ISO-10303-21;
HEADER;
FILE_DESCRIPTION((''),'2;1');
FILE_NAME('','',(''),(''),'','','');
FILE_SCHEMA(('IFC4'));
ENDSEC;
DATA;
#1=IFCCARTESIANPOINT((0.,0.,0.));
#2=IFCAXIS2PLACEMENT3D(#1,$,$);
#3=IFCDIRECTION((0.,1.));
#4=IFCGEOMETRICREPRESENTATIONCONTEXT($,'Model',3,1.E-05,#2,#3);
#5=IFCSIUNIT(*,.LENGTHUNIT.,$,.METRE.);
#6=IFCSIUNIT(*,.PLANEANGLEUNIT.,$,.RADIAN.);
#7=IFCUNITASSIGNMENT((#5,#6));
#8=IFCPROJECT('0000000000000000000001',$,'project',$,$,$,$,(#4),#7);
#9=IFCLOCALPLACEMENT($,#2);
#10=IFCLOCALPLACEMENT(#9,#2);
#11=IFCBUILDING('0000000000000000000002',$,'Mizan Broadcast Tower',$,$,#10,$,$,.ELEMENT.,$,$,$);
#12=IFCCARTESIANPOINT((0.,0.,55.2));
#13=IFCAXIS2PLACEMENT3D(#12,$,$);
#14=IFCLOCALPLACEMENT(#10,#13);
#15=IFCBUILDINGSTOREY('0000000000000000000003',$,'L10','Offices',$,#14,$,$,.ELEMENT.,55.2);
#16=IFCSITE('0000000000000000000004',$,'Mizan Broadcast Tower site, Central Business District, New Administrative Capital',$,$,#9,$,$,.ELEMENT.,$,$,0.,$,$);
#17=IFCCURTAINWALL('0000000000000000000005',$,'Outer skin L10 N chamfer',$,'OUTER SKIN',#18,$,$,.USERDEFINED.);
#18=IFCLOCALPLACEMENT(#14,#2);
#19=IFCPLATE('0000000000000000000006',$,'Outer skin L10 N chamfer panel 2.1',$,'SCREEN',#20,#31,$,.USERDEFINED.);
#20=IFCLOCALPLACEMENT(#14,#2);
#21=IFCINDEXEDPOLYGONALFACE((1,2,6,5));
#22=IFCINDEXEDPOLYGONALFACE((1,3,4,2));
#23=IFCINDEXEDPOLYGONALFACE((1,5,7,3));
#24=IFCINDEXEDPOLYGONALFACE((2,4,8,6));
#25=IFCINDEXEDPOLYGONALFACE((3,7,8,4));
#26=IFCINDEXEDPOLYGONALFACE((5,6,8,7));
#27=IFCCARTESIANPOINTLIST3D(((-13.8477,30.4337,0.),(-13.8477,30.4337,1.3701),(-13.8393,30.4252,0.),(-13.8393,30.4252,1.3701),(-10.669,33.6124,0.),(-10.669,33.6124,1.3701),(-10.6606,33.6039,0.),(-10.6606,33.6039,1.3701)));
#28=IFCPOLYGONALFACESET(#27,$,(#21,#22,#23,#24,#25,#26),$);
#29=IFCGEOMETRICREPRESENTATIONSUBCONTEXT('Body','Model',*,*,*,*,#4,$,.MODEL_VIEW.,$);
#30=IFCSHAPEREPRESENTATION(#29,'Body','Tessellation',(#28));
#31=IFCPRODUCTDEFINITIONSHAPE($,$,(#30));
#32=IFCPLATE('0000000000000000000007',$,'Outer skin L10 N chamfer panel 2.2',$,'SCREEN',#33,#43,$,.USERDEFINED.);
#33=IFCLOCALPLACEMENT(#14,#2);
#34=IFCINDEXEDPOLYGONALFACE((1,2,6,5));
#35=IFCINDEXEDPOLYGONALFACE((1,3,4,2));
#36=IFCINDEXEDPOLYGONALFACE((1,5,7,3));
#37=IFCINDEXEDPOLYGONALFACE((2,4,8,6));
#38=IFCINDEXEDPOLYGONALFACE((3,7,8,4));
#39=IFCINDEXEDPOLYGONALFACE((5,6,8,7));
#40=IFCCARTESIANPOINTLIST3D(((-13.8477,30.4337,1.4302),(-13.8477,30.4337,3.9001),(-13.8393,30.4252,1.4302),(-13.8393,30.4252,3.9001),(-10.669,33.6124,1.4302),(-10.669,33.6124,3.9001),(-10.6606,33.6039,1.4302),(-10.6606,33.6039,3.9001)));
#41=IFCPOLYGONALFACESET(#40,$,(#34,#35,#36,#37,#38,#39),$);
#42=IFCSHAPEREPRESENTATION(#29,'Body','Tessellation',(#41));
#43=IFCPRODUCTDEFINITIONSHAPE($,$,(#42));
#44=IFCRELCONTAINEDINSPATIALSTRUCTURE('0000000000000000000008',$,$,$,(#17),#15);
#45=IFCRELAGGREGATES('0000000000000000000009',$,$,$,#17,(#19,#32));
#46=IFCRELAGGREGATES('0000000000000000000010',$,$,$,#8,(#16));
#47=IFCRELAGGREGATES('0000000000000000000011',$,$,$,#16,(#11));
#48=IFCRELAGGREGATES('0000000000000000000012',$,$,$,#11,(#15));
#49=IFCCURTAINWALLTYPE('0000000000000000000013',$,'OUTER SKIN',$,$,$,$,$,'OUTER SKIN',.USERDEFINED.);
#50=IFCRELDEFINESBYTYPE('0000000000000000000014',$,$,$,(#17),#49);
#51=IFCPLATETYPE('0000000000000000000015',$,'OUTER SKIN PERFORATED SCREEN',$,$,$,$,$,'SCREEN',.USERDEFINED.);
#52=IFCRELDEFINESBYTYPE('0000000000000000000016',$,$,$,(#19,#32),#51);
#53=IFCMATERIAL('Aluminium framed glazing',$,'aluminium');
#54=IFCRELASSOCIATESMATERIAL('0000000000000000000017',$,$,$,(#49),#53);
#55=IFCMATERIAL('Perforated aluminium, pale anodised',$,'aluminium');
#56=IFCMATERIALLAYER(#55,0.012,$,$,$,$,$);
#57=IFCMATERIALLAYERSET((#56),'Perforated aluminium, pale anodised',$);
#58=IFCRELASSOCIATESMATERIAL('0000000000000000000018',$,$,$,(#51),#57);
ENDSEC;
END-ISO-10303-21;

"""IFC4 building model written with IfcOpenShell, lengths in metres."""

from ifc_helpers import new_model, si_unit, direction, frame, origin, origin_2d, place, context, subcontext, project, spatial, rectangle, extrude, material, layer, layer_set, type_object, element, aggregate, save


model = new_model("IFC4")

# Units and contexts
model_context = context("Model", 3, precision=1e-05, world=origin(), true_north=direction((0.0, 1.0)))
body_context = subcontext(model_context, "Body", "Model", "MODEL_VIEW")
ifc_project = project(units=[si_unit("LENGTHUNIT", "METRE"), si_unit("PLANEANGLEUNIT", "RADIAN")], contexts=[model_context])

# Site, building, storey
site_placement = place(None, origin())
site = spatial("IfcSite", under=ifc_project, at=site_placement, Name="Mizan Broadcast Tower site, Central Business District, New Administrative Capital", CompositionType="ELEMENT", RefElevation=0.0)
building_placement = place(site_placement, origin())
building = spatial("IfcBuilding", under=site, at=building_placement, Name="Mizan Broadcast Tower", CompositionType="ELEMENT")
storey_placement = place(building_placement, frame((0.0, 0.0, 55.2)))
storey = spatial("IfcBuildingStorey", under=building, at=storey_placement, Name="L10", Description="Offices", CompositionType="ELEMENT", Elevation=55.2)

# Curtain wall
ifc_material_1 = material(Name="Aluminium framed glazing", Category="aluminium")
curtain_wall_type_1 = type_object("IfcCurtainWallType", Name="OUTER SKIN", ElementType="OUTER SKIN", PredefinedType="USERDEFINED", material=ifc_material_1)
curtain_wall_1_placement = place(storey_placement, origin())
curtain_wall_1 = element("IfcCurtainWall", 1, at=curtain_wall_1_placement, inside=storey, type_object=curtain_wall_type_1, Name="Outer skin L10 N chamfer", ObjectType="OUTER SKIN", PredefinedType="USERDEFINED")

# Plates
ifc_material_2 = material(Name="Perforated aluminium, pale anodised", Category="aluminium")
ifc_layer_1 = layer(ifc_material_2, 0.012)
ifc_layer_set_1 = layer_set([ifc_layer_1], Name="Perforated aluminium, pale anodised")
plate_type_1 = type_object("IfcPlateType", Name="OUTER SKIN PERFORATED SCREEN", ElementType="SCREEN", PredefinedType="USERDEFINED", material=ifc_layer_set_1)
plate_1_placement = place(storey_placement, frame((-12.2542, 32.0188, 0.0), z_axis=(0.0, 0.0, 1.0), x_axis=(-0.707107, -0.707107, 0.0)))
plate_1 = element("IfcPlate", 2, at=plate_1_placement, type_object=plate_type_1, Name="Outer skin L10 N chamfer panel 2.1", ObjectType="SCREEN", PredefinedType="USERDEFINED", context=body_context, shape_type="SweptSolid", body=[
    extrude(rectangle(XDim=4.4954, YDim=0.012, at=origin_2d()), origin(), (0.0, 0.0, 1.0), 1.3701),
])
plate_2_placement = place(storey_placement, frame((-12.2542, 32.0188, 1.4302), z_axis=(0.0, 0.0, 1.0), x_axis=(-0.707107, -0.707107, 0.0)))
plate_2 = element("IfcPlate", 3, at=plate_2_placement, type_object=plate_type_1, Name="Outer skin L10 N chamfer panel 2.2", ObjectType="SCREEN", PredefinedType="USERDEFINED", context=body_context, shape_type="SweptSolid", body=[
    extrude(rectangle(XDim=4.4954, YDim=0.012, at=origin_2d()), origin(), (0.0, 0.0, 1.0), 2.47),
])
aggregate(curtain_wall_1, [plate_1, plate_2])

save(model, "model.ifc")
